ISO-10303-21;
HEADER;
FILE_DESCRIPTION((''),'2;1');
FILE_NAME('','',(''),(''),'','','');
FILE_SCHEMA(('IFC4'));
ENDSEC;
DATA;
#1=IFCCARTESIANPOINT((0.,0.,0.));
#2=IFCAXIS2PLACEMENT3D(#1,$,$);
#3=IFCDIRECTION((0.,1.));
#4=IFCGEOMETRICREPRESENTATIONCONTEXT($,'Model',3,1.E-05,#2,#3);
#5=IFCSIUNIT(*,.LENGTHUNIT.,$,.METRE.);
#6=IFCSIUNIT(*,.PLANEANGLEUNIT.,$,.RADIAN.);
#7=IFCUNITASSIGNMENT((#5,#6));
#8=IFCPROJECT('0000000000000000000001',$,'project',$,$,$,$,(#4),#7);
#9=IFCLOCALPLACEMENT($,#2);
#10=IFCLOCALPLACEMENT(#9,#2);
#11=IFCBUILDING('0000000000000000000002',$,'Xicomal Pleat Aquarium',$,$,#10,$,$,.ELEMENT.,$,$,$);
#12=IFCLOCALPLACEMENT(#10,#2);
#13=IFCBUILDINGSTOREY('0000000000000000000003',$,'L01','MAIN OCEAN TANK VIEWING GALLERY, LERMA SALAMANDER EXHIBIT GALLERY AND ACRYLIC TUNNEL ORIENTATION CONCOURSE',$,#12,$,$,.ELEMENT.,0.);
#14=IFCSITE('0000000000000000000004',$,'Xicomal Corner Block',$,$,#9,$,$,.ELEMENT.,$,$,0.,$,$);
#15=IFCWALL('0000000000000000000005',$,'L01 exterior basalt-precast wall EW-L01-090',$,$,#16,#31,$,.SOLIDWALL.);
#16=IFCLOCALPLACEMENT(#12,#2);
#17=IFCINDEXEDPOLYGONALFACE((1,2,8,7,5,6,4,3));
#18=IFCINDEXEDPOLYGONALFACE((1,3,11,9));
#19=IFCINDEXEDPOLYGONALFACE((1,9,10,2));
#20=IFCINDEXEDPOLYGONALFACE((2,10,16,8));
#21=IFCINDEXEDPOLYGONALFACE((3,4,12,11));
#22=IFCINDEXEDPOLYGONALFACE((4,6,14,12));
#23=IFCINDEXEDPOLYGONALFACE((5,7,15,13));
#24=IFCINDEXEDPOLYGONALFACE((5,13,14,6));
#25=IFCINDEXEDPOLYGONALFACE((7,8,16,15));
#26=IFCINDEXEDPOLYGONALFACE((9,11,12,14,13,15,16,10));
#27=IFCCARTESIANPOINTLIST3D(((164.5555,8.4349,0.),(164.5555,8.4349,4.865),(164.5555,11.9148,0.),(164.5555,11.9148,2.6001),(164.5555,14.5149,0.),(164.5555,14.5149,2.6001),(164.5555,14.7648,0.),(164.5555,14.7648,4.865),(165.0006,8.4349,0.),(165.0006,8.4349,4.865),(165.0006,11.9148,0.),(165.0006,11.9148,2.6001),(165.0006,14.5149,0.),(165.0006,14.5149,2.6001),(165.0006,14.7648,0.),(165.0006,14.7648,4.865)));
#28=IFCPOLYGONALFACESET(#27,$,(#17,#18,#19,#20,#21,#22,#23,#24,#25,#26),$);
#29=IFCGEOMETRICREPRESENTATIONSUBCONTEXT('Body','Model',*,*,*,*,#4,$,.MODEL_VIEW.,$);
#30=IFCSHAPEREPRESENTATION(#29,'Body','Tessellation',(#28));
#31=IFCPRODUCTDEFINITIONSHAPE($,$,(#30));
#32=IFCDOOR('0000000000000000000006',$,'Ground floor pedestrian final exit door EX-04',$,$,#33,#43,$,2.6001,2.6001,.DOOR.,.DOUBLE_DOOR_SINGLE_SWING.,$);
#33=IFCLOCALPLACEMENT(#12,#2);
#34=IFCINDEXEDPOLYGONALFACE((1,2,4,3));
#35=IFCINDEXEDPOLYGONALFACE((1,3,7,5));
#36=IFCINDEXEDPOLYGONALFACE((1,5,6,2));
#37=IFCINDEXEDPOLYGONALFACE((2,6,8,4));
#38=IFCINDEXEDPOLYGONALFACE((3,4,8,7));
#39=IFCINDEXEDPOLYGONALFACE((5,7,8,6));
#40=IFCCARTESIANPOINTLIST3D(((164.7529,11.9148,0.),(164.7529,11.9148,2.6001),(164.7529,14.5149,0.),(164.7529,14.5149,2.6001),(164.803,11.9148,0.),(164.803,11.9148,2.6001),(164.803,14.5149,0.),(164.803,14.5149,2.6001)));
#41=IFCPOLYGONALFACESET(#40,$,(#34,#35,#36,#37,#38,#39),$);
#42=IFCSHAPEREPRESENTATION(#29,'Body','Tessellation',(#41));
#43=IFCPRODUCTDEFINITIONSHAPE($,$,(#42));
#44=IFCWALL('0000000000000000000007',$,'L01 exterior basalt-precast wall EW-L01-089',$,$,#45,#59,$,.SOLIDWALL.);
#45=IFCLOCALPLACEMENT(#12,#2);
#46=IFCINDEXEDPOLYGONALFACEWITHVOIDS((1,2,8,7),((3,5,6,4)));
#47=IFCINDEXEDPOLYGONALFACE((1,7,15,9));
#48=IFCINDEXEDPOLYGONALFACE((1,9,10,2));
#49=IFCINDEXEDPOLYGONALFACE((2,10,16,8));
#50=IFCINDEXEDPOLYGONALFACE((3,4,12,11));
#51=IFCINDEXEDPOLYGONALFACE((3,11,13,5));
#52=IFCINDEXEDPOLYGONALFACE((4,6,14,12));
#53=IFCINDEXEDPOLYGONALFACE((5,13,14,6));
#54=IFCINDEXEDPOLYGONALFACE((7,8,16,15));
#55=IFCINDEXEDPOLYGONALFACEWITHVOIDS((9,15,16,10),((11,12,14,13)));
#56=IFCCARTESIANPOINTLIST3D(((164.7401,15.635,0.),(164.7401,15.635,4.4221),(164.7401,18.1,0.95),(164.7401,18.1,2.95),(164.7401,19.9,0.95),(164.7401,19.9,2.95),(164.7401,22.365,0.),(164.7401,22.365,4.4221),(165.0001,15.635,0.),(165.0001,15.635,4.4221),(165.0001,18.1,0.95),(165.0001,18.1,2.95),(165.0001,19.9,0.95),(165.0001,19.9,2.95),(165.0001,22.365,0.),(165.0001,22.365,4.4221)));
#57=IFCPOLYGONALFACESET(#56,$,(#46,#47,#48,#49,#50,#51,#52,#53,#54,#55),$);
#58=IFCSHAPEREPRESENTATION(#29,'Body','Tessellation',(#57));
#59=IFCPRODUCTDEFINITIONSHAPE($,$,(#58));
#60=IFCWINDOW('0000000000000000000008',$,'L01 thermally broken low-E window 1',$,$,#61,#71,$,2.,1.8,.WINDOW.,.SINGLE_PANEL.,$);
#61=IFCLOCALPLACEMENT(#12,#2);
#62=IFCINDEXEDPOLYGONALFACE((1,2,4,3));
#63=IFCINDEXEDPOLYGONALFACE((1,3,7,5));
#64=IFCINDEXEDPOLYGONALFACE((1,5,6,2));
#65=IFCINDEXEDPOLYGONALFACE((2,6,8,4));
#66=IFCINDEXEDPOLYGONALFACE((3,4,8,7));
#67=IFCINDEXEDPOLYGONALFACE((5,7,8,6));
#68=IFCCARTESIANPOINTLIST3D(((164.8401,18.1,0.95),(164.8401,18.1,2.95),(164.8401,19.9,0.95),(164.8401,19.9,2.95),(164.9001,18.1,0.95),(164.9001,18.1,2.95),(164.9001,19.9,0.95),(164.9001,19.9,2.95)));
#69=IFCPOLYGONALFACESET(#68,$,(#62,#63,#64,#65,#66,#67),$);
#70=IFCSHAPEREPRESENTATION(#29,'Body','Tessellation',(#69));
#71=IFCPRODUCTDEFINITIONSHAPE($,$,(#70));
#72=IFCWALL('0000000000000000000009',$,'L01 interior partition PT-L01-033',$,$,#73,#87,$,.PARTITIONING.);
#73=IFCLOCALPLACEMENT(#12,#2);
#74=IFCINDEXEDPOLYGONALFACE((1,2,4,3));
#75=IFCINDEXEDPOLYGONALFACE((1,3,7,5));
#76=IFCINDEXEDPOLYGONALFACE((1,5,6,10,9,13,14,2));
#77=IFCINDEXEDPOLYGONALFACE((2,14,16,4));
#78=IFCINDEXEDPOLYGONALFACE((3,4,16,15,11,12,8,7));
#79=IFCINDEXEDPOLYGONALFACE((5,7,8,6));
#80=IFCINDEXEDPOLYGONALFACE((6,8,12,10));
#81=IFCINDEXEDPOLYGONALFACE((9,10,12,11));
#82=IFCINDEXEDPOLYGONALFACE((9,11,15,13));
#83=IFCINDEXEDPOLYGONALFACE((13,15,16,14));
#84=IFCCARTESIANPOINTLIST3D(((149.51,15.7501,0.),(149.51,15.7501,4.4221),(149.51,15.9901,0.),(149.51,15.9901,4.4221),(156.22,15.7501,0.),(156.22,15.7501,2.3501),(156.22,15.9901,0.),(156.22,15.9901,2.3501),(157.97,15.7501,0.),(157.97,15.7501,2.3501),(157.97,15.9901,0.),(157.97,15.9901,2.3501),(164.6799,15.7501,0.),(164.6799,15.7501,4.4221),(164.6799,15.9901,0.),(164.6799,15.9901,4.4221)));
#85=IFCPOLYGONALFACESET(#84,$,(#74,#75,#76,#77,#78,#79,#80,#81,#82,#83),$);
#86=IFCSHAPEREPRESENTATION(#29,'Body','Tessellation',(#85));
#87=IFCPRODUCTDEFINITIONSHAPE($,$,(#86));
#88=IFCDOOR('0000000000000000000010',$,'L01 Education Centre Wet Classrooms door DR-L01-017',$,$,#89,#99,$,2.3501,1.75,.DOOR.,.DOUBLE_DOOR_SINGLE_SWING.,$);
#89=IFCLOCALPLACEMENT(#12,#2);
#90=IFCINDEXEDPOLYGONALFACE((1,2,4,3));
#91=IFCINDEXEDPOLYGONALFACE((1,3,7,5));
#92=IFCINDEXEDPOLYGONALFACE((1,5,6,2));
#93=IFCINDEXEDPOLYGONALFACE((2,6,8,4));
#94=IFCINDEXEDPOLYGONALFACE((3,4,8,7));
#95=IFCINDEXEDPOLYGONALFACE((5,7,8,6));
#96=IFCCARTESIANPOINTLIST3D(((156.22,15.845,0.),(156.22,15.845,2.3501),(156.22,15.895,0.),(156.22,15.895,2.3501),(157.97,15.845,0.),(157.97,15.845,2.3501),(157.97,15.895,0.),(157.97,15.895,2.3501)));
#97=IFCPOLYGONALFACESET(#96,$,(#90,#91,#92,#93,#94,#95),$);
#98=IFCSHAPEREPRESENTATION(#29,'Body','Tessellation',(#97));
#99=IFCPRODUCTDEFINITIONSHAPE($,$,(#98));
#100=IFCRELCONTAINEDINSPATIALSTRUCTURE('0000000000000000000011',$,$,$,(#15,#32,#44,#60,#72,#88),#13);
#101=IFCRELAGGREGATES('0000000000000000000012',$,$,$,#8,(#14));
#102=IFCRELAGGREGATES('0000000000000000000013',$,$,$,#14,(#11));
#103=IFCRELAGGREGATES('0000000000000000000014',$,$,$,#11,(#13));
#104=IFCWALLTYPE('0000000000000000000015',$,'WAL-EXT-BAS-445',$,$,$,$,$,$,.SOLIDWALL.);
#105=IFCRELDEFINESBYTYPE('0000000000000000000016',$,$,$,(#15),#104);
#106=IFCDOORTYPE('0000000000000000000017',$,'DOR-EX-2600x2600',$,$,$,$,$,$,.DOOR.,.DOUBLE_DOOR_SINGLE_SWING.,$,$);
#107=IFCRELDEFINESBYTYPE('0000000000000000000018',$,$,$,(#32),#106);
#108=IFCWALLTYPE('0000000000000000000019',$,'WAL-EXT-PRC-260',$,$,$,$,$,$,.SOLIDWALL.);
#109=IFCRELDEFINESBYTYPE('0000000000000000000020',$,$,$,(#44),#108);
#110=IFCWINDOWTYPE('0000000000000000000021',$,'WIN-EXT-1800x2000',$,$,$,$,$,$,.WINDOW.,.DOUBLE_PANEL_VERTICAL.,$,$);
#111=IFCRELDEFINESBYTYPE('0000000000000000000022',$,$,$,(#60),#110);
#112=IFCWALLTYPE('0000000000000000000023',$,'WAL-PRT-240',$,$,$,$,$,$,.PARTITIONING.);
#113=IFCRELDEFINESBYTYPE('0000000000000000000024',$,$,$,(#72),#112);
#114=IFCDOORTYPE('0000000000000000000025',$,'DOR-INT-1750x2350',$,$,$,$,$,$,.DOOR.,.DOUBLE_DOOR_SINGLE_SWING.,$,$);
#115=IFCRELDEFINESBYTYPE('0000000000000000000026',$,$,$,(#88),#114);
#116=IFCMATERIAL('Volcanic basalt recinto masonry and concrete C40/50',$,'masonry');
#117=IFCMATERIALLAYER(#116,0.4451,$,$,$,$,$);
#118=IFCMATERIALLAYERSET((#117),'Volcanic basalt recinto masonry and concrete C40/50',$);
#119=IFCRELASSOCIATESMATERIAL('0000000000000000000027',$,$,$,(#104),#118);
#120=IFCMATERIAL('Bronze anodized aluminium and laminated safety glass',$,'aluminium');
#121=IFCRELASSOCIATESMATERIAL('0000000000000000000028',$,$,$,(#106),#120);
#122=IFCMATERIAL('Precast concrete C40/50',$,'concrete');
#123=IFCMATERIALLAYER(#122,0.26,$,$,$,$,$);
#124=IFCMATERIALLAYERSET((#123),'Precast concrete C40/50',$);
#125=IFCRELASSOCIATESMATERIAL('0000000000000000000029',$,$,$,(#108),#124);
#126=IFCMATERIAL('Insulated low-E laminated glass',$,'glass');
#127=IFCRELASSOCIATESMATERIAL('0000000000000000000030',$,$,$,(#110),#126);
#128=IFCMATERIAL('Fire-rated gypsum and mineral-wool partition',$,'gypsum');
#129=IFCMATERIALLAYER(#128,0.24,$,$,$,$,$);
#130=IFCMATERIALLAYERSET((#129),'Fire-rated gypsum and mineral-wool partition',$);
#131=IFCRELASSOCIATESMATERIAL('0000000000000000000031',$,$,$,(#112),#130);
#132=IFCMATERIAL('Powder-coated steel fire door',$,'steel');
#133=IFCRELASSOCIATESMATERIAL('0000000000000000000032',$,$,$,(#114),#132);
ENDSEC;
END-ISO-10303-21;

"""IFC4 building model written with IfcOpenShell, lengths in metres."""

from ifc_helpers import new_model, si_unit, direction, frame, frame_2d, origin, place, context, subcontext, project, spatial, rectangle, extrude, material, layer, layer_set, type_object, element, fill, save


model = new_model("IFC4")

# Units and contexts
model_context = context("Model", 3, precision=1e-05, world=origin(), true_north=direction((0.0, 1.0)))
body_context = subcontext(model_context, "Body", "Model", "MODEL_VIEW")
ifc_project = project(units=[si_unit("LENGTHUNIT", "METRE"), si_unit("PLANEANGLEUNIT", "RADIAN")], contexts=[model_context])

# Site, building, storey
site_placement = place(None, origin())
site = spatial("IfcSite", under=ifc_project, at=site_placement, Name="Xicomal Corner Block", CompositionType="ELEMENT", RefElevation=0.0)
building_placement = place(site_placement, origin())
building = spatial("IfcBuilding", under=site, at=building_placement, Name="Xicomal Pleat Aquarium", CompositionType="ELEMENT")
storey_placement = place(building_placement, origin())
storey = spatial("IfcBuildingStorey", under=building, at=storey_placement, Name="L01", Description="MAIN OCEAN TANK VIEWING GALLERY, LERMA SALAMANDER EXHIBIT GALLERY AND ACRYLIC TUNNEL ORIENTATION CONCOURSE", CompositionType="ELEMENT", Elevation=0.0)

# Wall, opening, door
ifc_material_1 = material(Name="Volcanic basalt recinto masonry and concrete C40/50", Category="masonry")
ifc_layer_1 = layer(ifc_material_1, 0.4451)
ifc_layer_set_1 = layer_set([ifc_layer_1], Name="Volcanic basalt recinto masonry and concrete C40/50")
wall_type_1 = type_object("IfcWallType", Name="WAL-EXT-BAS-445", PredefinedType="SOLIDWALL", material=ifc_layer_set_1)
wall_1_placement = place(storey_placement, frame((164.7781, 14.7649, 0.0), z_axis=(0.0, 0.0, 1.0), x_axis=(0.0, -1.0, 0.0)))
wall_1 = element("IfcWall", 1, at=wall_1_placement, inside=storey, type_object=wall_type_1, Name="L01 exterior basalt-precast wall EW-L01-090", PredefinedType="SOLIDWALL", context=body_context, shape_type="SweptSolid", body=[
    extrude(rectangle(XDim=6.3298, YDim=0.4451, at=frame_2d((3.165, 0.0))), origin(), (0.0, 0.0, 1.0), 4.865),
])
opening_1_placement = place(wall_1_placement, frame((0.25, 0.0, 0.0)))
opening_1 = element("IfcOpeningElement", 2, at=opening_1_placement, cuts=wall_1, PredefinedType="OPENING", context=body_context, shape_type="SweptSolid", body=[
    extrude(rectangle(XDim=2.6001, YDim=2.6001, at=frame_2d((1.3, 1.3))), frame((0.0, 0.2324, 0.0), z_axis=(0.0, -1.0, 0.0), x_axis=(1.0, 0.0, 0.0)), (0.0, 0.0, 1.0), 0.4651),
])
ifc_material_2 = material(Name="Bronze anodized aluminium and laminated safety glass", Category="aluminium")
door_type_1 = type_object("IfcDoorType", Name="DOR-EX-2600x2600", OperationType="DOUBLE_DOOR_SINGLE_SWING", PredefinedType="DOOR", material=ifc_material_2)
door_1_placement = place(opening_1_placement, origin())
door_1 = element("IfcDoor", 3, at=door_1_placement, inside=storey, type_object=door_type_1, Name="Ground floor pedestrian final exit door EX-04", OperationType="DOUBLE_DOOR_SINGLE_SWING", OverallHeight=2.6001, OverallWidth=2.6001, PredefinedType="DOOR", context=body_context, shape_type="SweptSolid", body=[
    extrude(rectangle(XDim=2.6001, YDim=2.6001, at=frame_2d((1.3, 1.3))), frame((0.0, 0.0249, 0.0), z_axis=(0.0, -1.0, 0.0), x_axis=(1.0, 0.0, 0.0)), (0.0, 0.0, 1.0), 0.05),
])
fill(opening_1, door_1)

# Wall, opening, window
ifc_material_3 = material(Name="Precast concrete C40/50", Category="concrete")
ifc_layer_2 = layer(ifc_material_3, 0.26)
ifc_layer_set_2 = layer_set([ifc_layer_2], Name="Precast concrete C40/50")
wall_type_2 = type_object("IfcWallType", Name="WAL-EXT-PRC-260", PredefinedType="SOLIDWALL", material=ifc_layer_set_2)
wall_2_placement = place(storey_placement, frame((164.8701, 22.365, 0.0), z_axis=(0.0, 0.0, 1.0), x_axis=(0.0, -1.0, 0.0)))
wall_2 = element("IfcWall", 4, at=wall_2_placement, inside=storey, type_object=wall_type_2, Name="L01 exterior basalt-precast wall EW-L01-089", PredefinedType="SOLIDWALL", context=body_context, shape_type="SweptSolid", body=[
    extrude(rectangle(XDim=6.73, YDim=0.26, at=frame_2d((3.365, 0.0))), origin(), (0.0, 0.0, 1.0), 4.4221),
])
opening_2_placement = place(wall_2_placement, frame((2.4651, 0.0, 0.95)))
opening_2 = element("IfcOpeningElement", 5, at=opening_2_placement, cuts=wall_2, PredefinedType="OPENING", context=body_context, shape_type="SweptSolid", body=[
    extrude(rectangle(XDim=1.8, YDim=2.0, at=frame_2d((0.8999, 1.0))), frame((0.0, 0.1399, 0.0), z_axis=(0.0, -1.0, 0.0), x_axis=(1.0, 0.0, 0.0)), (0.0, 0.0, 1.0), 0.28),
])
ifc_material_4 = material(Name="Insulated low-E laminated glass", Category="glass")
window_type = type_object("IfcWindowType", Name="WIN-EXT-1800x2000", PartitioningType="DOUBLE_PANEL_VERTICAL", PredefinedType="WINDOW", material=ifc_material_4)
window_placement = place(opening_2_placement, origin())
window = element("IfcWindow", 6, at=window_placement, inside=storey, type_object=window_type, Name="L01 thermally broken low-E window 1", OverallHeight=2.0, OverallWidth=1.8, PartitioningType="SINGLE_PANEL", PredefinedType="WINDOW", context=body_context, shape_type="SweptSolid", body=[
    extrude(rectangle(XDim=1.8, YDim=2.0, at=frame_2d((0.8999, 1.0))), frame((0.0, 0.03, 0.0), z_axis=(0.0, -1.0, 0.0), x_axis=(1.0, 0.0, 0.0)), (0.0, 0.0, 1.0), 0.0601),
])
fill(opening_2, window)

# Wall, opening, door
ifc_material_5 = material(Name="Fire-rated gypsum and mineral-wool partition", Category="gypsum")
ifc_layer_3 = layer(ifc_material_5, 0.24)
ifc_layer_set_3 = layer_set([ifc_layer_3], Name="Fire-rated gypsum and mineral-wool partition")
wall_type_3 = type_object("IfcWallType", Name="WAL-PRT-240", PredefinedType="PARTITIONING", material=ifc_layer_set_3)
wall_3_placement = place(storey_placement, frame((149.51, 15.8701, 0.0), z_axis=(0.0, 0.0, 1.0), x_axis=(1.0, 0.0, 0.0)))
wall_3 = element("IfcWall", 7, at=wall_3_placement, inside=storey, type_object=wall_type_3, Name="L01 interior partition PT-L01-033", PredefinedType="PARTITIONING", context=body_context, shape_type="SweptSolid", body=[
    extrude(rectangle(XDim=15.1699, YDim=0.24, at=frame_2d((7.585, 0.0))), origin(), (0.0, 0.0, 1.0), 4.4221),
])
opening_3_placement = place(wall_3_placement, frame((6.71, 0.0, 0.0)))
opening_3 = element("IfcOpeningElement", 8, at=opening_3_placement, cuts=wall_3, PredefinedType="OPENING", context=body_context, shape_type="SweptSolid", body=[
    extrude(rectangle(XDim=1.75, YDim=2.3501, at=frame_2d((0.875, 1.175))), frame((0.0, 0.1299, 0.0), z_axis=(0.0, -1.0, 0.0), x_axis=(1.0, 0.0, 0.0)), (0.0, 0.0, 1.0), 0.26),
])
ifc_material_6 = material(Name="Powder-coated steel fire door", Category="steel")
door_type_2 = type_object("IfcDoorType", Name="DOR-INT-1750x2350", OperationType="DOUBLE_DOOR_SINGLE_SWING", PredefinedType="DOOR", material=ifc_material_6)
door_2_placement = place(opening_3_placement, origin())
door_2 = element("IfcDoor", 9, at=door_2_placement, inside=storey, type_object=door_type_2, Name="L01 Education Centre Wet Classrooms door DR-L01-017", OperationType="DOUBLE_DOOR_SINGLE_SWING", OverallHeight=2.3501, OverallWidth=1.75, PredefinedType="DOOR", context=body_context, shape_type="SweptSolid", body=[
    extrude(rectangle(XDim=1.75, YDim=2.3501, at=frame_2d((0.875, 1.175))), frame((0.0, 0.0249, 0.0), z_axis=(0.0, -1.0, 0.0), x_axis=(1.0, 0.0, 0.0)), (0.0, 0.0, 1.0), 0.05),
])
fill(opening_3, door_2)

save(model, "model.ifc")
